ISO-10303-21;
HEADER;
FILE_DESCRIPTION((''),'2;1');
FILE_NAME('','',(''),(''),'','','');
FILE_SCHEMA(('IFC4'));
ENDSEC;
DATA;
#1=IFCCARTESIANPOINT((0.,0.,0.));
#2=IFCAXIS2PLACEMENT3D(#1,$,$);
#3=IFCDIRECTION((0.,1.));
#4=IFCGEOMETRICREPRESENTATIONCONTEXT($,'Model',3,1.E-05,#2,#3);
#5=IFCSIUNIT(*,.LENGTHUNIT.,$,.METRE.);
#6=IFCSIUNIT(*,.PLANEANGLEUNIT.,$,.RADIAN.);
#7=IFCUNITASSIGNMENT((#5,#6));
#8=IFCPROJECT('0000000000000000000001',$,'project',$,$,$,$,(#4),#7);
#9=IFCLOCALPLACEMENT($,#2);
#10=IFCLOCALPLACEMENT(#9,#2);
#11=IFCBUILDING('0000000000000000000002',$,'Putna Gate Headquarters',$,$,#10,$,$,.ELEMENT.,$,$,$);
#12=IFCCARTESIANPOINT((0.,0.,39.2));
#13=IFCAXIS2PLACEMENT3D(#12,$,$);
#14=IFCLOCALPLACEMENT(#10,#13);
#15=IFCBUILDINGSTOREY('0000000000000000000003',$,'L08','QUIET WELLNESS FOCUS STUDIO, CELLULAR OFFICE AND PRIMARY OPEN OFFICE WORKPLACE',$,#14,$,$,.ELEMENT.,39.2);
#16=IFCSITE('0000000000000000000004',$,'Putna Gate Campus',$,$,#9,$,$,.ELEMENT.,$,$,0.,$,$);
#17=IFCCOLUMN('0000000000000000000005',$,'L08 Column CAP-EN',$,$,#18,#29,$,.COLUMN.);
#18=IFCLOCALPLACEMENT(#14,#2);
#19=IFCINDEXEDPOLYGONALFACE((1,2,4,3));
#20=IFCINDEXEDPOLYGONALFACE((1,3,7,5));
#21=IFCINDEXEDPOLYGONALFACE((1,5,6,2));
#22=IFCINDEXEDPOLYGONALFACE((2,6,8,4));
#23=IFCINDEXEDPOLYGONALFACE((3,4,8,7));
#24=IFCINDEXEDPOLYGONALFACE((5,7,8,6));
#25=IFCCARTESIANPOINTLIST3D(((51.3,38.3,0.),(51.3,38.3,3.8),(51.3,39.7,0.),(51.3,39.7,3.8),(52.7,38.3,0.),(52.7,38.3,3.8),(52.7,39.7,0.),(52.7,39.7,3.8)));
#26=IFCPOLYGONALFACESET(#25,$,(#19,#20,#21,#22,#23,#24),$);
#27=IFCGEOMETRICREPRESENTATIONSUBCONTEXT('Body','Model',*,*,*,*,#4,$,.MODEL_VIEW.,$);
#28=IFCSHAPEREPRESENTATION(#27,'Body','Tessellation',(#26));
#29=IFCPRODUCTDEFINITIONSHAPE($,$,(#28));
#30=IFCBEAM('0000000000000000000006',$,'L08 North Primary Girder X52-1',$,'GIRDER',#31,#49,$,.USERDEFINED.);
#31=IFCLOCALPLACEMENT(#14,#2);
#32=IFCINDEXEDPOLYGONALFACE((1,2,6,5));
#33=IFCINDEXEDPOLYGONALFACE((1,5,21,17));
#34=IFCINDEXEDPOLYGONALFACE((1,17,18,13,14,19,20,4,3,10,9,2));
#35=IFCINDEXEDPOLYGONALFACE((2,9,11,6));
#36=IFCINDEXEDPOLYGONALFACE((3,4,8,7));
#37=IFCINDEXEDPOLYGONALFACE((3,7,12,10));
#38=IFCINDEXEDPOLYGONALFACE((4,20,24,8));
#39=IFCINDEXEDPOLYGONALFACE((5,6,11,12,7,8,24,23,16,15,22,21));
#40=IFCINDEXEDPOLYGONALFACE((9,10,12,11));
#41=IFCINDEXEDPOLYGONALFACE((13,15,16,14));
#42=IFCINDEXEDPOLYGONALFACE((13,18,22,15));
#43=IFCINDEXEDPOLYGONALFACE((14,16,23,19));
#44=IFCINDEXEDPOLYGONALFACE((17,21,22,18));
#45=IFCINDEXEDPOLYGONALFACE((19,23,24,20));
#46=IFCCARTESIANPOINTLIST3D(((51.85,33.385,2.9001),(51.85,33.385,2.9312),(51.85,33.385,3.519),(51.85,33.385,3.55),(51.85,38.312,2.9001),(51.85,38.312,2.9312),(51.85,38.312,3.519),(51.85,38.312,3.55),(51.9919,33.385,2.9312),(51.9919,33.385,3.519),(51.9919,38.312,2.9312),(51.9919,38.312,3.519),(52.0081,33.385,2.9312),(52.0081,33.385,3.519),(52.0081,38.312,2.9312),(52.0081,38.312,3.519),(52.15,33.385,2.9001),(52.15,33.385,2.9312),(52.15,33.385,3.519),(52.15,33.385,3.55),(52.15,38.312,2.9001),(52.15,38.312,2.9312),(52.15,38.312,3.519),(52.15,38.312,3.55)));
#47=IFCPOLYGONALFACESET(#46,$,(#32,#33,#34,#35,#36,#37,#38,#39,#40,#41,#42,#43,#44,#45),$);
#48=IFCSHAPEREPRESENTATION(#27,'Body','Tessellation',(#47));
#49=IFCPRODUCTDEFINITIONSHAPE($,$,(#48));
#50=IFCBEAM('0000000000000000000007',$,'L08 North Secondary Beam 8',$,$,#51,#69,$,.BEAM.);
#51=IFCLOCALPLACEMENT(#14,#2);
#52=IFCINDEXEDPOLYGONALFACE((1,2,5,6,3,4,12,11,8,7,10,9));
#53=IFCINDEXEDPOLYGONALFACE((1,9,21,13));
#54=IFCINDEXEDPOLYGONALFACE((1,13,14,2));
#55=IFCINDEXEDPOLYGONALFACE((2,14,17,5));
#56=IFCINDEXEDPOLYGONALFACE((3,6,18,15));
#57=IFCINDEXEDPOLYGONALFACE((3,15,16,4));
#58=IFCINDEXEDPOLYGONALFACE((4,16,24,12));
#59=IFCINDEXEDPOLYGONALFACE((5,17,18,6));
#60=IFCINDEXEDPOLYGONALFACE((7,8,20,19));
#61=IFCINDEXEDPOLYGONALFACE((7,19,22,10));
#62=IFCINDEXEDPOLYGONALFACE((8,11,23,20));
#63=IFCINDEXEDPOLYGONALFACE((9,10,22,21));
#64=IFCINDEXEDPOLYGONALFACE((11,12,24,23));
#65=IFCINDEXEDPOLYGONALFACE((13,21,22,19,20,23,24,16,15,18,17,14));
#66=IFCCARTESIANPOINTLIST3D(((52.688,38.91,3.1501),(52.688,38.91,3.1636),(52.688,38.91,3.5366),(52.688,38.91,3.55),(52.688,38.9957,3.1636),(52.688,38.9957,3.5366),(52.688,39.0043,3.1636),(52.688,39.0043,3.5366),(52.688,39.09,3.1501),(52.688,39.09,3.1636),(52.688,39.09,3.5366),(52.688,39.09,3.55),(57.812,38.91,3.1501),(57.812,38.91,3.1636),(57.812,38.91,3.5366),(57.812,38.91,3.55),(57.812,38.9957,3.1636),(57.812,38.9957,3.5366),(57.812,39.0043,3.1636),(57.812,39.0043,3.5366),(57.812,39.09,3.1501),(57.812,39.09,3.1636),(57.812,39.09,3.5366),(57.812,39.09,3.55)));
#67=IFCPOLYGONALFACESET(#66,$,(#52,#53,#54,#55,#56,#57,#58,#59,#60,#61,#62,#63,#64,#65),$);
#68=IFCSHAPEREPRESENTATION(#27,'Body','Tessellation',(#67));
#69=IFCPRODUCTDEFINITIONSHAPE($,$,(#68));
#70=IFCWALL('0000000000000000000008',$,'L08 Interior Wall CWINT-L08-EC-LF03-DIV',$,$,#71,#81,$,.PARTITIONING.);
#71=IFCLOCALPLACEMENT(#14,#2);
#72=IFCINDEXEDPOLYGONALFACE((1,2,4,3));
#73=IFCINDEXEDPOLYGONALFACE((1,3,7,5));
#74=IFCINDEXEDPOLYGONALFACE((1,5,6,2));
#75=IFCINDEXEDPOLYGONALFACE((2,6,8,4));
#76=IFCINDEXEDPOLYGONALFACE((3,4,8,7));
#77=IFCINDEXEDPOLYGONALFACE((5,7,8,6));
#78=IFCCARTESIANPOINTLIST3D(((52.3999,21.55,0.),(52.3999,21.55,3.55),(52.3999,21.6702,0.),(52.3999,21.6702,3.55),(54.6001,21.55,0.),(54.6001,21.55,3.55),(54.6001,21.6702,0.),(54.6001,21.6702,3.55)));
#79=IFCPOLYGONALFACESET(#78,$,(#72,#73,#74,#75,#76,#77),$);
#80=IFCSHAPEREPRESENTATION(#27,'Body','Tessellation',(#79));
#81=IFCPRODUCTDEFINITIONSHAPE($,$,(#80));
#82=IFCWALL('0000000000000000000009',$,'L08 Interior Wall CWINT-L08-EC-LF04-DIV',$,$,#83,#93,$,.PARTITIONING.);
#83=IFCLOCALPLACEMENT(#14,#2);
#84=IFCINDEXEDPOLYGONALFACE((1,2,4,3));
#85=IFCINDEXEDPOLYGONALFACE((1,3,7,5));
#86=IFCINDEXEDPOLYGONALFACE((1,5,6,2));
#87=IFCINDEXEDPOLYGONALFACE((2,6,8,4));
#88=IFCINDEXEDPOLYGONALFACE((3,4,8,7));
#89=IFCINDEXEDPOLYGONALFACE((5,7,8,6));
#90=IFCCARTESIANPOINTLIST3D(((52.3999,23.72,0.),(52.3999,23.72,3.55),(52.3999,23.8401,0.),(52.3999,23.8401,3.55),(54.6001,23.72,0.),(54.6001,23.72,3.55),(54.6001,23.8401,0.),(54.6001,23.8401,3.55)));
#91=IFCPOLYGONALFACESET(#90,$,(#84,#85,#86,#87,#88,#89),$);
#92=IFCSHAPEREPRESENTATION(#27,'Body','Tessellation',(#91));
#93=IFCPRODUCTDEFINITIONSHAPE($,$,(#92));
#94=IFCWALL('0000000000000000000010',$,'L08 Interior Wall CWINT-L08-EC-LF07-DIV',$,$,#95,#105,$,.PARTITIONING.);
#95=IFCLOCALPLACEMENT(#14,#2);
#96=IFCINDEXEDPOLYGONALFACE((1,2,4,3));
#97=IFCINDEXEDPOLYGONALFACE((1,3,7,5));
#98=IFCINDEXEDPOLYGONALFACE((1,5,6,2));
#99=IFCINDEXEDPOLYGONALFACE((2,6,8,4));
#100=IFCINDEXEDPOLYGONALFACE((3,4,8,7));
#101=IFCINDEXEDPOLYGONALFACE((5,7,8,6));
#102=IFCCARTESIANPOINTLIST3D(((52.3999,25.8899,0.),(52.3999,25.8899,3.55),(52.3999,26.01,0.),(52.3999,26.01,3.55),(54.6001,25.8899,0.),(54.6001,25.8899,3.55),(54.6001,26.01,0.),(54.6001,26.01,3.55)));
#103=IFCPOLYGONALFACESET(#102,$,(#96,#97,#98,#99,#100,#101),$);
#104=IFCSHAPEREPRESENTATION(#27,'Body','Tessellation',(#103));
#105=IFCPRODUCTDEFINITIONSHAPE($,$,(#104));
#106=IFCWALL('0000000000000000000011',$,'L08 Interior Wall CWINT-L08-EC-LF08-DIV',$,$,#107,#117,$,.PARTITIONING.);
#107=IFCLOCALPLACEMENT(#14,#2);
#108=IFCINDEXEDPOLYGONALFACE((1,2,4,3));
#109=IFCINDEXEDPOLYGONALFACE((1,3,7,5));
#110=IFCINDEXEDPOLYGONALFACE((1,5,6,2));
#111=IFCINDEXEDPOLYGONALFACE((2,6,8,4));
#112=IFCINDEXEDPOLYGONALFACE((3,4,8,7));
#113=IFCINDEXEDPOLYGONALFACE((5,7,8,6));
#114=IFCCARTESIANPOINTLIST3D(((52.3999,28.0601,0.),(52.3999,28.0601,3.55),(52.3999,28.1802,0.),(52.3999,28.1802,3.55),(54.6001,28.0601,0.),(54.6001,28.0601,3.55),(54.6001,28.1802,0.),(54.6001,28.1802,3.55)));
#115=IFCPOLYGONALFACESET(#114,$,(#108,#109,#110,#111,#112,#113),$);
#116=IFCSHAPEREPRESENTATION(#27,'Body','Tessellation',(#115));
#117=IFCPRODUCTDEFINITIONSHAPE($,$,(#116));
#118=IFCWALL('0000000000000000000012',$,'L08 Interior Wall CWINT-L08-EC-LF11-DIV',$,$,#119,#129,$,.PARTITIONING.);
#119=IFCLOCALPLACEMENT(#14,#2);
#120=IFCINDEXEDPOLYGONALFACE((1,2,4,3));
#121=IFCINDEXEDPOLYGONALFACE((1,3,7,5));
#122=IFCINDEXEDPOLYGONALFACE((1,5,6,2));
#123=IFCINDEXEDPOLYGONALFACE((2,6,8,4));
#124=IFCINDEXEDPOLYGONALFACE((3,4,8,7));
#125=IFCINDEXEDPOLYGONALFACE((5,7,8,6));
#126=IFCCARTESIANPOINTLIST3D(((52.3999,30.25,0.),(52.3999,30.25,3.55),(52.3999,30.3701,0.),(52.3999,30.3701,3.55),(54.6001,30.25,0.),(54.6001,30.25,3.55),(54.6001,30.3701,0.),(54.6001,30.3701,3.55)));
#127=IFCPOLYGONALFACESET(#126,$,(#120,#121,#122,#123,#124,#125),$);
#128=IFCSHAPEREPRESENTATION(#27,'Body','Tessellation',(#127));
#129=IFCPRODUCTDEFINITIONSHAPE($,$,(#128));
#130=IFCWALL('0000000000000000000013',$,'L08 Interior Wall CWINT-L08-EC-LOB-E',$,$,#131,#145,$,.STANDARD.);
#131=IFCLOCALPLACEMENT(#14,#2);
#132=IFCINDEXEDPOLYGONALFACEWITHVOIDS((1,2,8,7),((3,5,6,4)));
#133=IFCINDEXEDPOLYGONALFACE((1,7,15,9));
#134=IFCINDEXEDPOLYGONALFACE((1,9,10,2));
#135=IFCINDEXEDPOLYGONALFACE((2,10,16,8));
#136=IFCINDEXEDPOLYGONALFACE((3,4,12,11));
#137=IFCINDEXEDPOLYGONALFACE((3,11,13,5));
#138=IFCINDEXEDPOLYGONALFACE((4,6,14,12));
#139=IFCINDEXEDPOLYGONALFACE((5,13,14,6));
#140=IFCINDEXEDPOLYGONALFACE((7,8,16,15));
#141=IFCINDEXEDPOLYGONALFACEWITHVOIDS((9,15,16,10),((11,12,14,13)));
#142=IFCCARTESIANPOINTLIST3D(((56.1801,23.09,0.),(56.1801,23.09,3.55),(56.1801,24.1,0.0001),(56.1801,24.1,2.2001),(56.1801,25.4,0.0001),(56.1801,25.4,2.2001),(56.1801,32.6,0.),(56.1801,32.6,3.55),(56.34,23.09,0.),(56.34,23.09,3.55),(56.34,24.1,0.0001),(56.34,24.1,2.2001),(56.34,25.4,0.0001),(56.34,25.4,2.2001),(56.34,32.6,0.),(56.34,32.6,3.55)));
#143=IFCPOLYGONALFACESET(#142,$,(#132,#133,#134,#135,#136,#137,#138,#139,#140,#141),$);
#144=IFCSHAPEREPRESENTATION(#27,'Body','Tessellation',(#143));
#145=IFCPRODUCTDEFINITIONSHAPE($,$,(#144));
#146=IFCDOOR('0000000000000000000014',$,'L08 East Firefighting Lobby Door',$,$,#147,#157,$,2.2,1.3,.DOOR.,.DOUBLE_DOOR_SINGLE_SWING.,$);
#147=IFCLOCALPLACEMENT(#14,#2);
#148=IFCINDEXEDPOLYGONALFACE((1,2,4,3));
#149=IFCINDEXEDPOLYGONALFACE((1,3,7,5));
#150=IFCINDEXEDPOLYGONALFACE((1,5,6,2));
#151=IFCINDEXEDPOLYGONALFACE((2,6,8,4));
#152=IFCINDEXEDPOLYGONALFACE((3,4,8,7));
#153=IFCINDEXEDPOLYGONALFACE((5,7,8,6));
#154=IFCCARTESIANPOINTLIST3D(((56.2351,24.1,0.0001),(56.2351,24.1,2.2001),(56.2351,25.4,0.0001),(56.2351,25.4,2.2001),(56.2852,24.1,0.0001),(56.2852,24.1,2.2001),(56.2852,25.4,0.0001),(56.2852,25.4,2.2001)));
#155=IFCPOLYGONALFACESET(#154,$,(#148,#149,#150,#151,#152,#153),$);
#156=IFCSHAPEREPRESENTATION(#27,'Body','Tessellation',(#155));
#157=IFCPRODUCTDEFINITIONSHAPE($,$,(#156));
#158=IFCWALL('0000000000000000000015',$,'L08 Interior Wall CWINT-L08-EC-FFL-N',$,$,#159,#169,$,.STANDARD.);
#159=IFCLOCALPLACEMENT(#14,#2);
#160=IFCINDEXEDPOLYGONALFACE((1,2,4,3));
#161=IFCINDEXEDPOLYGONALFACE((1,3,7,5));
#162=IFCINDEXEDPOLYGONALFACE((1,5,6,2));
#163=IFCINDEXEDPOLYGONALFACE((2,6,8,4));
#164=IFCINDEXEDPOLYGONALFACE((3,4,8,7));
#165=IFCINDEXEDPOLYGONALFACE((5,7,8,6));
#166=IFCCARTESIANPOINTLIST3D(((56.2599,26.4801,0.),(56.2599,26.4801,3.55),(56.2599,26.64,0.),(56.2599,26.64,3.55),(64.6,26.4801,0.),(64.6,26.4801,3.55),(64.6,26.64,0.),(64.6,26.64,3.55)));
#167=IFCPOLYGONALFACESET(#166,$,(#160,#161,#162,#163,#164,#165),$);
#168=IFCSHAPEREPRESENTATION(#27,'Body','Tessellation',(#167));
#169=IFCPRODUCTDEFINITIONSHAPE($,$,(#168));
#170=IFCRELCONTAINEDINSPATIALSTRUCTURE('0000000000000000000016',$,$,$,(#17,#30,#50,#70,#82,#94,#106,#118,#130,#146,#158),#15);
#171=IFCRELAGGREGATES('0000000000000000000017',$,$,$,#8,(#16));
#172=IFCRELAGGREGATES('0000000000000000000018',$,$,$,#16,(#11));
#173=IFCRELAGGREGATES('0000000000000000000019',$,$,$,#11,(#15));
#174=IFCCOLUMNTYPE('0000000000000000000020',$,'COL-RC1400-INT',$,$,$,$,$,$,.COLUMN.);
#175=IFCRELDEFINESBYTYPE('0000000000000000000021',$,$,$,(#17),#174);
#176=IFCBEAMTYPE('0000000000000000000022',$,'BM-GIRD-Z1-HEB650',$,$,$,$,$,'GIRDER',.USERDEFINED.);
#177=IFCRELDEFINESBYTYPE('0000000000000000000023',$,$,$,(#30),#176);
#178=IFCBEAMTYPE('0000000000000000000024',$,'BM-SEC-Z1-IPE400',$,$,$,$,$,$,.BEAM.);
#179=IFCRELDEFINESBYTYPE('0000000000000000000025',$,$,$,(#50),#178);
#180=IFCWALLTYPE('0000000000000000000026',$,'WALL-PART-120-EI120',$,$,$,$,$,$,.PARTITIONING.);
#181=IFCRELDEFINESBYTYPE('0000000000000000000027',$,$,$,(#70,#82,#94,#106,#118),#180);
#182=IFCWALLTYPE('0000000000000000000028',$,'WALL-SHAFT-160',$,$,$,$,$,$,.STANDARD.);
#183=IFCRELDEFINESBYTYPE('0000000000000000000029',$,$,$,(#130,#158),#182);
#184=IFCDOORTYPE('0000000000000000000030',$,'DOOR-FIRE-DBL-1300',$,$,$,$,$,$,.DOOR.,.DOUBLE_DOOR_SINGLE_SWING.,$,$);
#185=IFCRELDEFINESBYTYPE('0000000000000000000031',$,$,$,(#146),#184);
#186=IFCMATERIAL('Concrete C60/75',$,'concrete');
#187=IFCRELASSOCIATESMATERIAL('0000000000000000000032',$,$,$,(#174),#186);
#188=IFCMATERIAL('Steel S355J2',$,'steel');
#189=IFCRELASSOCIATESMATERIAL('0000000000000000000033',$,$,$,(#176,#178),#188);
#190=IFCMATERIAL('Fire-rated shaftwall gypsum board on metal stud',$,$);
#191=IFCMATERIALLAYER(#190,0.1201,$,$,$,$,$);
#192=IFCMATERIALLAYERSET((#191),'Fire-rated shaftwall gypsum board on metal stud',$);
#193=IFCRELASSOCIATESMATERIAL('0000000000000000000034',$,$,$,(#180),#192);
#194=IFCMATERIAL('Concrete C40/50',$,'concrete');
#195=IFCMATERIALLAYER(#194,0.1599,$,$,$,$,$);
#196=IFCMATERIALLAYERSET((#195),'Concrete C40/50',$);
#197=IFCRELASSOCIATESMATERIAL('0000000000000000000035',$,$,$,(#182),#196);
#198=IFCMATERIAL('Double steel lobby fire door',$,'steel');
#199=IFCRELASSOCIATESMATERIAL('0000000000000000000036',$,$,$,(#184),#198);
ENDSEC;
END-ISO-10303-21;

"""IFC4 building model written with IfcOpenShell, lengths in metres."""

from ifc_helpers import new_model, si_unit, direction, frame, frame_2d, origin, origin_2d, place, context, subcontext, project, spatial, rectangle, i_section, extrude, material, layer, layer_set, material_profile, profile_set, type_object, element, fill, save


model = new_model("IFC4")

# Units and contexts
model_context = context("Model", 3, precision=1e-05, world=origin(), true_north=direction((0.0, 1.0)))
body_context = subcontext(model_context, "Body", "Model", "MODEL_VIEW")
ifc_project = project(units=[si_unit("LENGTHUNIT", "METRE"), si_unit("PLANEANGLEUNIT", "RADIAN")], contexts=[model_context])

# Site, building, storey
site_placement = place(None, origin())
site = spatial("IfcSite", under=ifc_project, at=site_placement, Name="Putna Gate Campus", CompositionType="ELEMENT", RefElevation=0.0)
building_placement = place(site_placement, origin())
building = spatial("IfcBuilding", under=site, at=building_placement, Name="Putna Gate Headquarters", CompositionType="ELEMENT")
storey_placement = place(building_placement, frame((0.0, 0.0, 39.2)))
storey = spatial("IfcBuildingStorey", under=building, at=storey_placement, Name="L08", Description="QUIET WELLNESS FOCUS STUDIO, CELLULAR OFFICE AND PRIMARY OPEN OFFICE WORKPLACE", CompositionType="ELEMENT", Elevation=39.2)

# Column
ifc_material_1 = material(Name="Concrete C60/75", Category="concrete")
ifc_material_profile_1 = material_profile(ifc_material_1, rectangle(XDim=1.3999, YDim=1.3999, at=origin_2d()), Name="Concrete C60/75")
ifc_profile_set_1 = profile_set([ifc_material_profile_1], Name="Concrete C60/75")
column_type = type_object("IfcColumnType", Name="COL-RC1400-INT", PredefinedType="COLUMN", material=ifc_profile_set_1)
column_placement = place(storey_placement, frame((52.0, 39.0, 0.0), z_axis=(0.0, 0.0, 1.0), x_axis=(1.0, 0.0, 0.0)))
element("IfcColumn", 1, at=column_placement, inside=storey, type_object=column_type, Name="L08 Column CAP-EN", PredefinedType="COLUMN", context=body_context, shape_type="SweptSolid", body=[
    extrude(rectangle(XDim=1.3999, YDim=1.3999, at=origin_2d()), origin(), (0.0, 0.0, 1.0), 3.8),
])

# Beams
ifc_material_2 = material(Name="Steel S355J2", Category="steel")
ifc_material_profile_2 = material_profile(ifc_material_2, i_section(OverallWidth=0.3, OverallDepth=0.6499, WebThickness=0.0161, FlangeThickness=0.031, at=origin_2d()), Name="Steel S355J2")
ifc_profile_set_2 = profile_set([ifc_material_profile_2], Name="Steel S355J2")
beam_type_1 = type_object("IfcBeamType", Name="BM-GIRD-Z1-HEB650", ElementType="GIRDER", PredefinedType="USERDEFINED", material=ifc_profile_set_2)
beam_1_placement = place(storey_placement, frame((52.0, 33.385, 3.2251), z_axis=(0.0, 1.0, 0.0), x_axis=(-1.0, 0.0, 0.0)))
element("IfcBeam", 2, at=beam_1_placement, inside=storey, type_object=beam_type_1, Name="L08 North Primary Girder X52-1", ObjectType="GIRDER", PredefinedType="USERDEFINED", context=body_context, shape_type="SweptSolid", body=[
    extrude(i_section(OverallWidth=0.3, OverallDepth=0.6499, WebThickness=0.0161, FlangeThickness=0.031, at=origin_2d()), origin(), (0.0, 0.0, 1.0), 4.927),
])
ifc_material_profile_3 = material_profile(ifc_material_2, i_section(OverallWidth=0.1799, OverallDepth=0.3999, WebThickness=0.0085, FlangeThickness=0.0134, at=origin_2d()), Name="Steel S355J2")
ifc_profile_set_3 = profile_set([ifc_material_profile_3], Name="Steel S355J2")
beam_type_2 = type_object("IfcBeamType", Name="BM-SEC-Z1-IPE400", PredefinedType="BEAM", material=ifc_profile_set_3)
beam_2_placement = place(storey_placement, frame((52.688, 39.0, 3.3501), z_axis=(1.0, 0.0, 0.0), x_axis=(0.0, 1.0, 0.0)))
element("IfcBeam", 3, at=beam_2_placement, inside=storey, type_object=beam_type_2, Name="L08 North Secondary Beam 8", PredefinedType="BEAM", context=body_context, shape_type="SweptSolid", body=[
    extrude(i_section(OverallWidth=0.1799, OverallDepth=0.3999, WebThickness=0.0085, FlangeThickness=0.0134, at=origin_2d()), origin(), (0.0, 0.0, 1.0), 5.124),
])

# Walls
ifc_material_3 = material(Name="Fire-rated shaftwall gypsum board on metal stud")
ifc_layer_1 = layer(ifc_material_3, 0.1201)
ifc_layer_set_1 = layer_set([ifc_layer_1], Name="Fire-rated shaftwall gypsum board on metal stud")
wall_type_1 = type_object("IfcWallType", Name="WALL-PART-120-EI120", PredefinedType="PARTITIONING", material=ifc_layer_set_1)
for number, where, z_axis, x_axis, name in (
    (4, (52.3999, 21.6101, 0.0), (0.0, 0.0, 1.0), (1.0, 0.0, 0.0), "L08 Interior Wall CWINT-L08-EC-LF03-DIV"),
    (5, (52.3999, 23.78, 0.0), (0.0, 0.0, 1.0), (1.0, 0.0, 0.0), "L08 Interior Wall CWINT-L08-EC-LF04-DIV"),
    (6, (52.3999, 25.95, 0.0), (0.0, 0.0, 1.0), (1.0, 0.0, 0.0), "L08 Interior Wall CWINT-L08-EC-LF07-DIV"),
    (7, (52.3999, 28.1201, 0.0), (0.0, 0.0, 1.0), (1.0, 0.0, 0.0), "L08 Interior Wall CWINT-L08-EC-LF08-DIV"),
    (8, (52.3999, 30.3101, 0.0), (0.0, 0.0, 1.0), (1.0, 0.0, 0.0), "L08 Interior Wall CWINT-L08-EC-LF11-DIV"),
):
    element("IfcWall", number, at=place(storey_placement, frame(where, z_axis=z_axis, x_axis=x_axis)), inside=storey, type_object=wall_type_1, Name=name, PredefinedType="PARTITIONING", context=body_context, shape_type="SweptSolid", body=[
        extrude(rectangle(XDim=2.2002, YDim=0.1201, at=frame_2d((1.1001, 0.0))), origin(), (0.0, 0.0, 1.0), 3.55),
    ])

# Wall, opening, door
ifc_material_4 = material(Name="Concrete C40/50", Category="concrete")
ifc_layer_2 = layer(ifc_material_4, 0.1599)
ifc_layer_set_2 = layer_set([ifc_layer_2], Name="Concrete C40/50")
wall_type_2 = type_object("IfcWallType", Name="WALL-SHAFT-160", PredefinedType="STANDARD", material=ifc_layer_set_2)
wall_1_placement = place(storey_placement, frame((56.26, 23.0901, 0.0), z_axis=(0.0, 0.0, 1.0), x_axis=(0.0, 1.0, 0.0)))
wall_1 = element("IfcWall", 9, at=wall_1_placement, inside=storey, type_object=wall_type_2, Name="L08 Interior Wall CWINT-L08-EC-LOB-E", PredefinedType="STANDARD", context=body_context, shape_type="SweptSolid", body=[
    extrude(rectangle(XDim=9.51, YDim=0.1599, at=frame_2d((4.7549, 0.0))), origin(), (0.0, 0.0, 1.0), 3.55),
])
opening_1_placement = place(wall_1_placement, frame((1.01, 0.0, 0.0)))
opening_1 = element("IfcOpeningElement", 10, at=opening_1_placement, cuts=wall_1, PredefinedType="OPENING", context=body_context, shape_type="SweptSolid", body=[
    extrude(rectangle(XDim=1.3, YDim=2.2, at=frame_2d((0.6499, 1.1001))), frame((0.0, 0.0898, 0.0), z_axis=(0.0, -1.0, 0.0), x_axis=(1.0, 0.0, 0.0)), (0.0, 0.0, 1.0), 0.1799),
])
ifc_material_5 = material(Name="Double steel lobby fire door", Category="steel")
door_type_1 = type_object("IfcDoorType", Name="DOOR-FIRE-DBL-1300", OperationType="DOUBLE_DOOR_SINGLE_SWING", PredefinedType="DOOR", material=ifc_material_5)
door_1_placement = place(opening_1_placement, origin())
door_1 = element("IfcDoor", 11, at=door_1_placement, inside=storey, type_object=door_type_1, Name="L08 East Firefighting Lobby Door", OperationType="DOUBLE_DOOR_SINGLE_SWING", OverallHeight=2.2, OverallWidth=1.3, PredefinedType="DOOR", context=body_context, shape_type="SweptSolid", body=[
    extrude(rectangle(XDim=1.3, YDim=2.2, at=frame_2d((0.6499, 1.1001))), frame((0.0, 0.0249, 0.0), z_axis=(0.0, -1.0, 0.0), x_axis=(1.0, 0.0, 0.0)), (0.0, 0.0, 1.0), 0.05),
])
fill(opening_1, door_1)

# Wall
wall_2_placement = place(storey_placement, frame((56.26, 26.5601, 0.0), z_axis=(0.0, 0.0, 1.0), x_axis=(1.0, 0.0, 0.0)))
element("IfcWall", 12, at=wall_2_placement, inside=storey, type_object=wall_type_2, Name="L08 Interior Wall CWINT-L08-EC-FFL-N", PredefinedType="STANDARD", context=body_context, shape_type="SweptSolid", body=[
    extrude(rectangle(XDim=8.3401, YDim=0.1599, at=frame_2d((4.1699, 0.0))), origin(), (0.0, 0.0, 1.0), 3.55),
])

save(model, "model.ifc")
